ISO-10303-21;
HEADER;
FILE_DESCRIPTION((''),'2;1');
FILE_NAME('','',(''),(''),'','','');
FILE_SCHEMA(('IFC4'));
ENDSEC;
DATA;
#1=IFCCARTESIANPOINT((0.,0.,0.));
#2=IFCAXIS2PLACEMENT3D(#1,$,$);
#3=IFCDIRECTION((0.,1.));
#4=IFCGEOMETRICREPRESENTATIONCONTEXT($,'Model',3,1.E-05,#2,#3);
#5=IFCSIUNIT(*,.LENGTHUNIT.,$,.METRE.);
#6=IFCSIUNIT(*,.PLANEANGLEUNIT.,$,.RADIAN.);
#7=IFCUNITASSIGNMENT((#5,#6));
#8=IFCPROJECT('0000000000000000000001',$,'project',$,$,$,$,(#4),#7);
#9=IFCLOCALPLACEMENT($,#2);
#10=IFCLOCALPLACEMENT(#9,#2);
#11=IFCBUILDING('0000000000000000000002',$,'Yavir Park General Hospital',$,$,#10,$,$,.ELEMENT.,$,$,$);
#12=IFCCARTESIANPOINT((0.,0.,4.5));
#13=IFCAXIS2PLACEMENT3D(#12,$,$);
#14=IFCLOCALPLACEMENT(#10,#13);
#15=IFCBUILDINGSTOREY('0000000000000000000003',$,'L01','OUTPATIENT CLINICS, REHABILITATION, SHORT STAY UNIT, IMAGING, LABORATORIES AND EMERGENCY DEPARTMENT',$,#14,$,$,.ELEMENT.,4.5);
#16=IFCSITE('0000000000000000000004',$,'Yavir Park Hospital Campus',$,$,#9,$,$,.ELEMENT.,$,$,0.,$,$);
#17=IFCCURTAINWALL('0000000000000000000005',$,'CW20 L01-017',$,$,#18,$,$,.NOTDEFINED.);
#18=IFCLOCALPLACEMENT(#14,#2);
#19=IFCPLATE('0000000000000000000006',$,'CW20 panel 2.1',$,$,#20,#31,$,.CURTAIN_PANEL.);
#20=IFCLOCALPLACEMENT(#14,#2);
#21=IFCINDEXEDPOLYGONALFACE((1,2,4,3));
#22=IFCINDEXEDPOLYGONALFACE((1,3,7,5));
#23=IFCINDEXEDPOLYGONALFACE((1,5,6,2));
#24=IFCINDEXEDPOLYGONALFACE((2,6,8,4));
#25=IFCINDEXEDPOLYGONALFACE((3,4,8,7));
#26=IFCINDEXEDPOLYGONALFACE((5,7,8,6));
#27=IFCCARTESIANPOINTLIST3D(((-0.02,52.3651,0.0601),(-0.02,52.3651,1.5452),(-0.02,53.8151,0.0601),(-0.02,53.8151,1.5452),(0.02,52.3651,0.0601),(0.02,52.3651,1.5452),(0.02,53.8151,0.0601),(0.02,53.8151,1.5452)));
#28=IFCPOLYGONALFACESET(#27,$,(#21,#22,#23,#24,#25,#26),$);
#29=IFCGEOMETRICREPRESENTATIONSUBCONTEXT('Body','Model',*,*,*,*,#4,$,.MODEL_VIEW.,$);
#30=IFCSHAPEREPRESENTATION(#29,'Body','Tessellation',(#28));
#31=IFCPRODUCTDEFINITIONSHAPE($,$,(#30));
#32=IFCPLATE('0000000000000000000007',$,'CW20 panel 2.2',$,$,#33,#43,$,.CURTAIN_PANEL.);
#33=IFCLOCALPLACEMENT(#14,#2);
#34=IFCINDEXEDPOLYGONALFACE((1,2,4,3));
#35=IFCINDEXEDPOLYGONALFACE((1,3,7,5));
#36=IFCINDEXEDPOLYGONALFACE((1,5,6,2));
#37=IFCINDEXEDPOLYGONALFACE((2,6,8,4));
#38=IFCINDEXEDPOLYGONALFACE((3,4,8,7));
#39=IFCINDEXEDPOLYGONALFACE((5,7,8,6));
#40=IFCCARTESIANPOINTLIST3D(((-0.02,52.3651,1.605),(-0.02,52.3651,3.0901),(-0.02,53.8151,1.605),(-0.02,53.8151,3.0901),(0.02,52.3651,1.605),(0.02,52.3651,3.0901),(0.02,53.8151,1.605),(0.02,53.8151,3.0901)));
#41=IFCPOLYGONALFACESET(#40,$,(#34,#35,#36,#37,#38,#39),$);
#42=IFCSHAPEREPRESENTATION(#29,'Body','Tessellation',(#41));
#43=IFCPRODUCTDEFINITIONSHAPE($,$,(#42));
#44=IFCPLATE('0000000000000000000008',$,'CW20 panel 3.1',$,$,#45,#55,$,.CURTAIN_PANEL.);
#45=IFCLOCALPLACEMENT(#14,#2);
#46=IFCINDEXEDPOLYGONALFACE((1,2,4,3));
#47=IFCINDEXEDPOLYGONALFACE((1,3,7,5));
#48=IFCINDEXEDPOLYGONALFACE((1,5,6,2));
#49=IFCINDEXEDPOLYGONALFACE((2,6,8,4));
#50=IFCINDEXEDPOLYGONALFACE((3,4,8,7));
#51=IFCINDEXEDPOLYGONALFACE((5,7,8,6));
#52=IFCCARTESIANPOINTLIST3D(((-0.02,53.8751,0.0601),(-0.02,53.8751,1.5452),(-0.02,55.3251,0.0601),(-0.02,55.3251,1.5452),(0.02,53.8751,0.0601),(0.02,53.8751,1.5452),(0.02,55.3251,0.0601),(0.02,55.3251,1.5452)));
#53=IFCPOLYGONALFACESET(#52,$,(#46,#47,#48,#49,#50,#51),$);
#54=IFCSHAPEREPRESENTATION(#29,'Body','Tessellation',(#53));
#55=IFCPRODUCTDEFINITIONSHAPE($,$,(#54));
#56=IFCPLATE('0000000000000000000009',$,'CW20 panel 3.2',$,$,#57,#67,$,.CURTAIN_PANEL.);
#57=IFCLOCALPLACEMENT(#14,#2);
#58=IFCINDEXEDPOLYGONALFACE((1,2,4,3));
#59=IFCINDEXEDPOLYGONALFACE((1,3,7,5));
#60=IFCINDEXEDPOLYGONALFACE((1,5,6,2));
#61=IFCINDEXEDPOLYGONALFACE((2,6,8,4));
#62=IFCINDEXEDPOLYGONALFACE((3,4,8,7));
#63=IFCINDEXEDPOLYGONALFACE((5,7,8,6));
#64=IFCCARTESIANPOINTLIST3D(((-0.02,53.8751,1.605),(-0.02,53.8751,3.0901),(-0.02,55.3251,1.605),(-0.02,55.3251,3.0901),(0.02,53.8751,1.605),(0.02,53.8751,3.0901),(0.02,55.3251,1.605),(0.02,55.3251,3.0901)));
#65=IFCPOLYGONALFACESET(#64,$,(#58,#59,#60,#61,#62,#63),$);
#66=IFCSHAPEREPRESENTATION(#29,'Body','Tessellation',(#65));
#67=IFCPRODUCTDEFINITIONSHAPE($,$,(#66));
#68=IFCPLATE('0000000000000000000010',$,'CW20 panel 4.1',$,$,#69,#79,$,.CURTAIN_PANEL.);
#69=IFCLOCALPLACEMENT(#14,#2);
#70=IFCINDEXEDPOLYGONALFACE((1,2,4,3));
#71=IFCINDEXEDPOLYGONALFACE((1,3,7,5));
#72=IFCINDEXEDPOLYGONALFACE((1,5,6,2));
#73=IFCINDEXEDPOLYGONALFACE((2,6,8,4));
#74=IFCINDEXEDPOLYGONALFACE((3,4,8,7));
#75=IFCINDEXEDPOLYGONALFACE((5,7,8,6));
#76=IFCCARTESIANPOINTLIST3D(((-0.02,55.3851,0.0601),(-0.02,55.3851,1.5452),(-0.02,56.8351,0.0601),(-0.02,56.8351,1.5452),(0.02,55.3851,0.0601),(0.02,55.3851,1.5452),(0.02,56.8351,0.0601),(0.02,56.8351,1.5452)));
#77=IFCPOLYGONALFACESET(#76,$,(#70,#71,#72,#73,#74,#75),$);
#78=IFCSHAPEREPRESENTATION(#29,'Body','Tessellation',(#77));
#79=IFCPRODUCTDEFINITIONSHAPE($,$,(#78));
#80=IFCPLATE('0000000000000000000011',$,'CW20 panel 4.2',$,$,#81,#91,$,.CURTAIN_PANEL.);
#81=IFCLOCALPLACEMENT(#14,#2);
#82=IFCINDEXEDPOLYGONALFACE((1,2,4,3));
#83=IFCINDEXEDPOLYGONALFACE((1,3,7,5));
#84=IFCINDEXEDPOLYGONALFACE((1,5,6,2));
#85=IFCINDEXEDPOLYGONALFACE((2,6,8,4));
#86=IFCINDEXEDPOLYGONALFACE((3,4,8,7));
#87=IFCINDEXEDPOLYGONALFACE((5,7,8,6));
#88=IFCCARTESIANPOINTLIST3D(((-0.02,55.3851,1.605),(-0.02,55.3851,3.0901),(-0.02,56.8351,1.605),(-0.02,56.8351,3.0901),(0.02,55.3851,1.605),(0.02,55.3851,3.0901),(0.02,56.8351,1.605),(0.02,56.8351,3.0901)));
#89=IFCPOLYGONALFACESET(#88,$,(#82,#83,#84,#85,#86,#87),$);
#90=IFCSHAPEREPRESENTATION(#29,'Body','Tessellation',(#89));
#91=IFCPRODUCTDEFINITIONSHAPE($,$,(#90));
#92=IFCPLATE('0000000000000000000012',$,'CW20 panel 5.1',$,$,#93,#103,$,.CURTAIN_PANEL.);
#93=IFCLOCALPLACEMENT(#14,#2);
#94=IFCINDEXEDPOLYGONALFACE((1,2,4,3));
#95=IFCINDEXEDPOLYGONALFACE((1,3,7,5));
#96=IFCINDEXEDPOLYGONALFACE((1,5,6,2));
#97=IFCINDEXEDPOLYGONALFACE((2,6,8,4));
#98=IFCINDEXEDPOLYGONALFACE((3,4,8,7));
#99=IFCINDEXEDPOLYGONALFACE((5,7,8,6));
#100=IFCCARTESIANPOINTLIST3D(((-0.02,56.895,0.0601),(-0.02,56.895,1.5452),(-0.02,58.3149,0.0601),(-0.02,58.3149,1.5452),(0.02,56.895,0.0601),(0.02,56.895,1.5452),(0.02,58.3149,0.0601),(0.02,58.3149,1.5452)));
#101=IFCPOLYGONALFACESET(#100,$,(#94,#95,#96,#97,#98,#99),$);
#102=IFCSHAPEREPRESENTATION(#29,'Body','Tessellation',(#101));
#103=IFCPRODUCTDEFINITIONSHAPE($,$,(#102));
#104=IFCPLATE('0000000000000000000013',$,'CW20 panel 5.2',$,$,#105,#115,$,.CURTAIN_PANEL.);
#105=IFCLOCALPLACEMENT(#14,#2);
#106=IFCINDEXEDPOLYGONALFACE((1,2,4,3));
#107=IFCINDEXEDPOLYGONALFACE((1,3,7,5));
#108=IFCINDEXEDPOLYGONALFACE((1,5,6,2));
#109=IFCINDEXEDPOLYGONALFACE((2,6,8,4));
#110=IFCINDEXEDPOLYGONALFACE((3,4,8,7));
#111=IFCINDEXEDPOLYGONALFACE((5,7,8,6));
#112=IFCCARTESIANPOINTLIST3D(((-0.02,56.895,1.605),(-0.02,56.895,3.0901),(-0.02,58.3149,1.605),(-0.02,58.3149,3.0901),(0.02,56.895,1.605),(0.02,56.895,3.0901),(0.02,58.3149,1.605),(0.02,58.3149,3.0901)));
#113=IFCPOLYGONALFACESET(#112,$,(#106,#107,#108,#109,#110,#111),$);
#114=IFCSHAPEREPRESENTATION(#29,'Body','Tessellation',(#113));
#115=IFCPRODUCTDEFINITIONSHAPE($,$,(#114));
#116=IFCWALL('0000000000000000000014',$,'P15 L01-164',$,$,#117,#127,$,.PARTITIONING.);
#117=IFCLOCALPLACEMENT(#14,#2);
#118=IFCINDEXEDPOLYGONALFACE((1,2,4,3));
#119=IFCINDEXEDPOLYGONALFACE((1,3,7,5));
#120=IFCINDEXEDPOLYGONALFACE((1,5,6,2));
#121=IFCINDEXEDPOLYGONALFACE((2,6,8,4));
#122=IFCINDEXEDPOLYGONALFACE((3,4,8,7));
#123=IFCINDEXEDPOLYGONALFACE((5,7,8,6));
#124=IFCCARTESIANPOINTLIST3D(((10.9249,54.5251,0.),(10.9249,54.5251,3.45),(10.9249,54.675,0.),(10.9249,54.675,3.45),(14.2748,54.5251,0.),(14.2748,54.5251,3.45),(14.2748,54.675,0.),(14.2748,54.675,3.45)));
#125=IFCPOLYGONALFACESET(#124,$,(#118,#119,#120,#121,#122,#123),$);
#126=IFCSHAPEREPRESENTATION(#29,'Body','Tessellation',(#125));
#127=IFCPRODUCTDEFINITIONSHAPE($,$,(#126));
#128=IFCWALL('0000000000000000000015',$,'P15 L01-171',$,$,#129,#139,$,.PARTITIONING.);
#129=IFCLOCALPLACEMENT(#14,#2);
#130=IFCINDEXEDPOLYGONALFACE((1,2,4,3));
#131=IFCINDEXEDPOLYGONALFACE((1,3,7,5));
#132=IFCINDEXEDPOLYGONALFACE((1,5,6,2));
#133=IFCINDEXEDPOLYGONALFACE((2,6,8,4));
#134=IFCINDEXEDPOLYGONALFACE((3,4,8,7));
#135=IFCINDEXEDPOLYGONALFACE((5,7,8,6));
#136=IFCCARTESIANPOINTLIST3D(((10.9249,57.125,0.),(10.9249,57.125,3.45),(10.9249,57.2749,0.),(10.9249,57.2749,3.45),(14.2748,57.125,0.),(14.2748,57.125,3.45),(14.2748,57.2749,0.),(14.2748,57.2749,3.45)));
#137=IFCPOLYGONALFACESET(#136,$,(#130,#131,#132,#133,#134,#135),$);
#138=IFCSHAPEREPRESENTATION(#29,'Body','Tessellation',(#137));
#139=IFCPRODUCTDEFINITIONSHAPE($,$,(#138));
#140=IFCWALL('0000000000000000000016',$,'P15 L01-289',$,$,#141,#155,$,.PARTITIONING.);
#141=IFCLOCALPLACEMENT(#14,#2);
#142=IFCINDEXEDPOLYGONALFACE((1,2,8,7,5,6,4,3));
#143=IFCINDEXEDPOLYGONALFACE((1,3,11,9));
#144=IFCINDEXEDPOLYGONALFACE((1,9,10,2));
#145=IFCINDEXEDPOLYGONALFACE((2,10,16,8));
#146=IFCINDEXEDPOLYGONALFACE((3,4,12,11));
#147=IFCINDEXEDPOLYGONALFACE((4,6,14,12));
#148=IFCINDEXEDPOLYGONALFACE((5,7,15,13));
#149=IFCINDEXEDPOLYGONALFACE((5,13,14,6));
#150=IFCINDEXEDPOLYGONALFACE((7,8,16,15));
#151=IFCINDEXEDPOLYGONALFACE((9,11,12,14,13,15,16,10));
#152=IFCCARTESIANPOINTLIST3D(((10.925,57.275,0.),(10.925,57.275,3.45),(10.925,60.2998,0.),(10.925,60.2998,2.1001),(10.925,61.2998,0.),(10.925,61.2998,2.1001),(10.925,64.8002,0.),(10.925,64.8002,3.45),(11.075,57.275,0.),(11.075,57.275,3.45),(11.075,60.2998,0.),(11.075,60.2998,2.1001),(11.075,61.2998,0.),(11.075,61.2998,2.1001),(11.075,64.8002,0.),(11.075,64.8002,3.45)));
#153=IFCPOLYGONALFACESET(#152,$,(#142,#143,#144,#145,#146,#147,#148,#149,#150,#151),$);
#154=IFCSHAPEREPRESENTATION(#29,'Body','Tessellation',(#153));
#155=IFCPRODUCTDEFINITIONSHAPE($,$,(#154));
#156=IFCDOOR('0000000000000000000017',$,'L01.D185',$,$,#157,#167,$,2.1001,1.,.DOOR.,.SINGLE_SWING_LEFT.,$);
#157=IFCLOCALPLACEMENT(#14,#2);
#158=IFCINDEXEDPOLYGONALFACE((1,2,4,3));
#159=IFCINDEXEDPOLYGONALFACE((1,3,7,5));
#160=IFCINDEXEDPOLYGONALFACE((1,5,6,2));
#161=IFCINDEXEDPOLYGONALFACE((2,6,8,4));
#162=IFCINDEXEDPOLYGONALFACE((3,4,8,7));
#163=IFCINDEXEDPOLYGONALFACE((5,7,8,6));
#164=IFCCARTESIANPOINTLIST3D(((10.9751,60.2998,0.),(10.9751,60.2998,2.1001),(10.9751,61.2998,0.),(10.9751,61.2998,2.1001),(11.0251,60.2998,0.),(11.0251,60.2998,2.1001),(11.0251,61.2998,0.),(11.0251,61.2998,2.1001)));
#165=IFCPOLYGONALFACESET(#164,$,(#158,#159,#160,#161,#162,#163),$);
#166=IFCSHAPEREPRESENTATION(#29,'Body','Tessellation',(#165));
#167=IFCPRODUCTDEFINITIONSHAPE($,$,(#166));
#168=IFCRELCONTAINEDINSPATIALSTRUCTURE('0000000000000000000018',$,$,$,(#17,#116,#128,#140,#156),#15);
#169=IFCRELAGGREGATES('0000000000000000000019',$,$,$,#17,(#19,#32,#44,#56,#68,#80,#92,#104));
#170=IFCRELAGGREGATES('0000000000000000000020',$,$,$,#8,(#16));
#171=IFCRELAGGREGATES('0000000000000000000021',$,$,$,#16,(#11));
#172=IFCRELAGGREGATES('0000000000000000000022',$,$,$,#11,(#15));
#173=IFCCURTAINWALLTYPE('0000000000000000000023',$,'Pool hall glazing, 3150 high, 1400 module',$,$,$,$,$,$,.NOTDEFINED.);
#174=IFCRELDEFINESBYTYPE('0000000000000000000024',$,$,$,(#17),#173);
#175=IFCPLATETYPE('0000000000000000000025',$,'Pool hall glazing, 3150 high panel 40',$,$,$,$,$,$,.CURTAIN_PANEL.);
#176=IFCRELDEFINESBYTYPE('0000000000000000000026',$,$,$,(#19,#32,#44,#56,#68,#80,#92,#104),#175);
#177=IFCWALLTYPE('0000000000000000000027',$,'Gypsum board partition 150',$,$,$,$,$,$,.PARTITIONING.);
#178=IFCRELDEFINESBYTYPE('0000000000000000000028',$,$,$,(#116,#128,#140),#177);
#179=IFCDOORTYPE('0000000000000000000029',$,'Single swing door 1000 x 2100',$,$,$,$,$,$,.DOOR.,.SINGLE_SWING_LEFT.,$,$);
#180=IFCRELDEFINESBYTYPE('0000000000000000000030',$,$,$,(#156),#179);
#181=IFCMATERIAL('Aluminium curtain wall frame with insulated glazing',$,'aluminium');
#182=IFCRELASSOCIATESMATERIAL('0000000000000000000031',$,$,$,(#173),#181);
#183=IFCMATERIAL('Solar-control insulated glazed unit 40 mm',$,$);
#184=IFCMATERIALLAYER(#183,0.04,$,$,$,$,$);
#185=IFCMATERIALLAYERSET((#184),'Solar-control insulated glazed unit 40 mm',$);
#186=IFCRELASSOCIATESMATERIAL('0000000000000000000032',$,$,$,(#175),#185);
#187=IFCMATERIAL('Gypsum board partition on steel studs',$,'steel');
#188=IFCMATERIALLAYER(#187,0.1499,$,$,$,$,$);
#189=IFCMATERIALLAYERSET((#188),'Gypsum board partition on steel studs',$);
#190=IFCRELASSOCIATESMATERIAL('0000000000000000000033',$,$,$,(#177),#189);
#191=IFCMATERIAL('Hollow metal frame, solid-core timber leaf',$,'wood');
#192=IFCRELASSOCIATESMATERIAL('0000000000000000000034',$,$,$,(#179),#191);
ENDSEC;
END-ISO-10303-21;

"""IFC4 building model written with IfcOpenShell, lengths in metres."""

from ifc_helpers import new_model, si_unit, direction, frame, frame_2d, origin, origin_2d, place, context, subcontext, project, spatial, rectangle, extrude, material, layer, layer_set, type_object, element, fill, aggregate, save


model = new_model("IFC4")

# Units and contexts
model_context = context("Model", 3, precision=1e-05, world=origin(), true_north=direction((0.0, 1.0)))
body_context = subcontext(model_context, "Body", "Model", "MODEL_VIEW")
ifc_project = project(units=[si_unit("LENGTHUNIT", "METRE"), si_unit("PLANEANGLEUNIT", "RADIAN")], contexts=[model_context])

# Site, building, storey
site_placement = place(None, origin())
site = spatial("IfcSite", under=ifc_project, at=site_placement, Name="Yavir Park Hospital Campus", CompositionType="ELEMENT", RefElevation=0.0)
building_placement = place(site_placement, origin())
building = spatial("IfcBuilding", under=site, at=building_placement, Name="Yavir Park General Hospital", CompositionType="ELEMENT")
storey_placement = place(building_placement, frame((0.0, 0.0, 4.5)))
storey = spatial("IfcBuildingStorey", under=building, at=storey_placement, Name="L01", Description="OUTPATIENT CLINICS, REHABILITATION, SHORT STAY UNIT, IMAGING, LABORATORIES AND EMERGENCY DEPARTMENT", CompositionType="ELEMENT", Elevation=4.5)

# Curtain wall, plates
ifc_material_1 = material(Name="Aluminium curtain wall frame with insulated glazing", Category="aluminium")
curtain_wall_type = type_object("IfcCurtainWallType", Name="Pool hall glazing, 3150 high, 1400 module", PredefinedType="NOTDEFINED", material=ifc_material_1)
curtain_wall_placement = place(storey_placement, origin())
curtain_wall = element("IfcCurtainWall", 1, at=curtain_wall_placement, inside=storey, type_object=curtain_wall_type, Name="CW20 L01-017", PredefinedType="NOTDEFINED")
ifc_material_2 = material(Name="Solar-control insulated glazed unit 40 mm")
ifc_layer_1 = layer(ifc_material_2, 0.04)
ifc_layer_set_1 = layer_set([ifc_layer_1], Name="Solar-control insulated glazed unit 40 mm")
plate_type = type_object("IfcPlateType", Name="Pool hall glazing, 3150 high panel 40", PredefinedType="CURTAIN_PANEL", material=ifc_layer_set_1)
plate_1_placement = place(storey_placement, frame((0.0, 53.0901, 0.0601), z_axis=(0.0, 0.0, 1.0), x_axis=(0.0, 1.0, 0.0)))
plate_1 = element("IfcPlate", 2, at=plate_1_placement, type_object=plate_type, Name="CW20 panel 2.1", PredefinedType="CURTAIN_PANEL", context=body_context, shape_type="SweptSolid", body=[
    extrude(rectangle(XDim=1.45, YDim=0.04, at=origin_2d()), origin(), (0.0, 0.0, 1.0), 1.4851),
])
plate_2_placement = place(storey_placement, frame((0.0, 53.0901, 1.605), z_axis=(0.0, 0.0, 1.0), x_axis=(0.0, 1.0, 0.0)))
plate_2 = element("IfcPlate", 3, at=plate_2_placement, type_object=plate_type, Name="CW20 panel 2.2", PredefinedType="CURTAIN_PANEL", context=body_context, shape_type="SweptSolid", body=[
    extrude(rectangle(XDim=1.45, YDim=0.04, at=origin_2d()), origin(), (0.0, 0.0, 1.0), 1.4851),
])
plate_3_placement = place(storey_placement, frame((0.0, 54.6001, 0.0601), z_axis=(0.0, 0.0, 1.0), x_axis=(0.0, 1.0, 0.0)))
plate_3 = element("IfcPlate", 4, at=plate_3_placement, type_object=plate_type, Name="CW20 panel 3.1", PredefinedType="CURTAIN_PANEL", context=body_context, shape_type="SweptSolid", body=[
    extrude(rectangle(XDim=1.45, YDim=0.04, at=origin_2d()), origin(), (0.0, 0.0, 1.0), 1.4851),
])
plate_4_placement = place(storey_placement, frame((0.0, 54.6001, 1.605), z_axis=(0.0, 0.0, 1.0), x_axis=(0.0, 1.0, 0.0)))
plate_4 = element("IfcPlate", 5, at=plate_4_placement, type_object=plate_type, Name="CW20 panel 3.2", PredefinedType="CURTAIN_PANEL", context=body_context, shape_type="SweptSolid", body=[
    extrude(rectangle(XDim=1.45, YDim=0.04, at=origin_2d()), origin(), (0.0, 0.0, 1.0), 1.4851),
])
plate_5_placement = place(storey_placement, frame((0.0, 56.1101, 0.0601), z_axis=(0.0, 0.0, 1.0), x_axis=(0.0, 1.0, 0.0)))
plate_5 = element("IfcPlate", 6, at=plate_5_placement, type_object=plate_type, Name="CW20 panel 4.1", PredefinedType="CURTAIN_PANEL", context=body_context, shape_type="SweptSolid", body=[
    extrude(rectangle(XDim=1.45, YDim=0.04, at=origin_2d()), origin(), (0.0, 0.0, 1.0), 1.4851),
])
plate_6_placement = place(storey_placement, frame((0.0, 56.1101, 1.605), z_axis=(0.0, 0.0, 1.0), x_axis=(0.0, 1.0, 0.0)))
plate_6 = element("IfcPlate", 7, at=plate_6_placement, type_object=plate_type, Name="CW20 panel 4.2", PredefinedType="CURTAIN_PANEL", context=body_context, shape_type="SweptSolid", body=[
    extrude(rectangle(XDim=1.45, YDim=0.04, at=origin_2d()), origin(), (0.0, 0.0, 1.0), 1.4851),
])
plate_7_placement = place(storey_placement, frame((0.0, 57.605, 0.0601), z_axis=(0.0, 0.0, 1.0), x_axis=(0.0, 1.0, 0.0)))
plate_7 = element("IfcPlate", 8, at=plate_7_placement, type_object=plate_type, Name="CW20 panel 5.1", PredefinedType="CURTAIN_PANEL", context=body_context, shape_type="SweptSolid", body=[
    extrude(rectangle(XDim=1.4199, YDim=0.04, at=origin_2d()), origin(), (0.0, 0.0, 1.0), 1.4851),
])
plate_8_placement = place(storey_placement, frame((0.0, 57.605, 1.605), z_axis=(0.0, 0.0, 1.0), x_axis=(0.0, 1.0, 0.0)))
plate_8 = element("IfcPlate", 9, at=plate_8_placement, type_object=plate_type, Name="CW20 panel 5.2", PredefinedType="CURTAIN_PANEL", context=body_context, shape_type="SweptSolid", body=[
    extrude(rectangle(XDim=1.4199, YDim=0.04, at=origin_2d()), origin(), (0.0, 0.0, 1.0), 1.4851),
])
aggregate(curtain_wall, [plate_1, plate_2, plate_3, plate_4, plate_5, plate_6, plate_7, plate_8])

# Walls
ifc_material_3 = material(Name="Gypsum board partition on steel studs", Category="steel")
ifc_layer_2 = layer(ifc_material_3, 0.1499)
ifc_layer_set_2 = layer_set([ifc_layer_2], Name="Gypsum board partition on steel studs")
wall_type = type_object("IfcWallType", Name="Gypsum board partition 150", PredefinedType="PARTITIONING", material=ifc_layer_set_2)
for number, where, z_axis, x_axis, name in (
    (10, (10.925, 54.6001, 0.0), (0.0, 0.0, 1.0), (1.0, 0.0, 0.0), "P15 L01-164"),
    (11, (10.925, 57.2, 0.0), (0.0, 0.0, 1.0), (1.0, 0.0, 0.0), "P15 L01-171"),
):
    element("IfcWall", number, at=place(storey_placement, frame(where, z_axis=z_axis, x_axis=x_axis)), inside=storey, type_object=wall_type, Name=name, PredefinedType="PARTITIONING", context=body_context, shape_type="SweptSolid", body=[
        extrude(rectangle(XDim=3.3499, YDim=0.1499, at=frame_2d((1.6748, 0.0))), origin(), (0.0, 0.0, 1.0), 3.45),
    ])

# Wall, opening, door
wall_placement = place(storey_placement, frame((11.0, 57.2749, 0.0), z_axis=(0.0, 0.0, 1.0), x_axis=(0.0, 1.0, 0.0)))
wall = element("IfcWall", 12, at=wall_placement, inside=storey, type_object=wall_type, Name="P15 L01-289", PredefinedType="PARTITIONING", context=body_context, shape_type="SweptSolid", body=[
    extrude(rectangle(XDim=7.5251, YDim=0.1499, at=frame_2d((3.7627, 0.0))), origin(), (0.0, 0.0, 1.0), 3.45),
])
opening_placement = place(wall_placement, frame((3.0249, 0.0, 0.0)))
opening = element("IfcOpeningElement", 13, at=opening_placement, cuts=wall, PredefinedType="OPENING", context=body_context, shape_type="SweptSolid", body=[
    extrude(rectangle(XDim=1.0, YDim=2.1001, at=frame_2d((0.5, 1.05))), frame((0.0, 0.085, 0.0), z_axis=(0.0, -1.0, 0.0), x_axis=(1.0, 0.0, 0.0)), (0.0, 0.0, 1.0), 0.1699),
])
ifc_material_4 = material(Name="Hollow metal frame, solid-core timber leaf", Category="wood")
door_type = type_object("IfcDoorType", Name="Single swing door 1000 x 2100", OperationType="SINGLE_SWING_LEFT", PredefinedType="DOOR", material=ifc_material_4)
door_placement = place(opening_placement, origin())
door = element("IfcDoor", 14, at=door_placement, inside=storey, type_object=door_type, Name="L01.D185", OperationType="SINGLE_SWING_LEFT", OverallHeight=2.1001, OverallWidth=1.0, PredefinedType="DOOR", context=body_context, shape_type="SweptSolid", body=[
    extrude(rectangle(XDim=1.0, YDim=2.1001, at=frame_2d((0.5, 1.05))), frame((0.0, 0.0249, 0.0), z_axis=(0.0, -1.0, 0.0), x_axis=(1.0, 0.0, 0.0)), (0.0, 0.0, 1.0), 0.05),
])
fill(opening, door)

save(model, "model.ifc")
